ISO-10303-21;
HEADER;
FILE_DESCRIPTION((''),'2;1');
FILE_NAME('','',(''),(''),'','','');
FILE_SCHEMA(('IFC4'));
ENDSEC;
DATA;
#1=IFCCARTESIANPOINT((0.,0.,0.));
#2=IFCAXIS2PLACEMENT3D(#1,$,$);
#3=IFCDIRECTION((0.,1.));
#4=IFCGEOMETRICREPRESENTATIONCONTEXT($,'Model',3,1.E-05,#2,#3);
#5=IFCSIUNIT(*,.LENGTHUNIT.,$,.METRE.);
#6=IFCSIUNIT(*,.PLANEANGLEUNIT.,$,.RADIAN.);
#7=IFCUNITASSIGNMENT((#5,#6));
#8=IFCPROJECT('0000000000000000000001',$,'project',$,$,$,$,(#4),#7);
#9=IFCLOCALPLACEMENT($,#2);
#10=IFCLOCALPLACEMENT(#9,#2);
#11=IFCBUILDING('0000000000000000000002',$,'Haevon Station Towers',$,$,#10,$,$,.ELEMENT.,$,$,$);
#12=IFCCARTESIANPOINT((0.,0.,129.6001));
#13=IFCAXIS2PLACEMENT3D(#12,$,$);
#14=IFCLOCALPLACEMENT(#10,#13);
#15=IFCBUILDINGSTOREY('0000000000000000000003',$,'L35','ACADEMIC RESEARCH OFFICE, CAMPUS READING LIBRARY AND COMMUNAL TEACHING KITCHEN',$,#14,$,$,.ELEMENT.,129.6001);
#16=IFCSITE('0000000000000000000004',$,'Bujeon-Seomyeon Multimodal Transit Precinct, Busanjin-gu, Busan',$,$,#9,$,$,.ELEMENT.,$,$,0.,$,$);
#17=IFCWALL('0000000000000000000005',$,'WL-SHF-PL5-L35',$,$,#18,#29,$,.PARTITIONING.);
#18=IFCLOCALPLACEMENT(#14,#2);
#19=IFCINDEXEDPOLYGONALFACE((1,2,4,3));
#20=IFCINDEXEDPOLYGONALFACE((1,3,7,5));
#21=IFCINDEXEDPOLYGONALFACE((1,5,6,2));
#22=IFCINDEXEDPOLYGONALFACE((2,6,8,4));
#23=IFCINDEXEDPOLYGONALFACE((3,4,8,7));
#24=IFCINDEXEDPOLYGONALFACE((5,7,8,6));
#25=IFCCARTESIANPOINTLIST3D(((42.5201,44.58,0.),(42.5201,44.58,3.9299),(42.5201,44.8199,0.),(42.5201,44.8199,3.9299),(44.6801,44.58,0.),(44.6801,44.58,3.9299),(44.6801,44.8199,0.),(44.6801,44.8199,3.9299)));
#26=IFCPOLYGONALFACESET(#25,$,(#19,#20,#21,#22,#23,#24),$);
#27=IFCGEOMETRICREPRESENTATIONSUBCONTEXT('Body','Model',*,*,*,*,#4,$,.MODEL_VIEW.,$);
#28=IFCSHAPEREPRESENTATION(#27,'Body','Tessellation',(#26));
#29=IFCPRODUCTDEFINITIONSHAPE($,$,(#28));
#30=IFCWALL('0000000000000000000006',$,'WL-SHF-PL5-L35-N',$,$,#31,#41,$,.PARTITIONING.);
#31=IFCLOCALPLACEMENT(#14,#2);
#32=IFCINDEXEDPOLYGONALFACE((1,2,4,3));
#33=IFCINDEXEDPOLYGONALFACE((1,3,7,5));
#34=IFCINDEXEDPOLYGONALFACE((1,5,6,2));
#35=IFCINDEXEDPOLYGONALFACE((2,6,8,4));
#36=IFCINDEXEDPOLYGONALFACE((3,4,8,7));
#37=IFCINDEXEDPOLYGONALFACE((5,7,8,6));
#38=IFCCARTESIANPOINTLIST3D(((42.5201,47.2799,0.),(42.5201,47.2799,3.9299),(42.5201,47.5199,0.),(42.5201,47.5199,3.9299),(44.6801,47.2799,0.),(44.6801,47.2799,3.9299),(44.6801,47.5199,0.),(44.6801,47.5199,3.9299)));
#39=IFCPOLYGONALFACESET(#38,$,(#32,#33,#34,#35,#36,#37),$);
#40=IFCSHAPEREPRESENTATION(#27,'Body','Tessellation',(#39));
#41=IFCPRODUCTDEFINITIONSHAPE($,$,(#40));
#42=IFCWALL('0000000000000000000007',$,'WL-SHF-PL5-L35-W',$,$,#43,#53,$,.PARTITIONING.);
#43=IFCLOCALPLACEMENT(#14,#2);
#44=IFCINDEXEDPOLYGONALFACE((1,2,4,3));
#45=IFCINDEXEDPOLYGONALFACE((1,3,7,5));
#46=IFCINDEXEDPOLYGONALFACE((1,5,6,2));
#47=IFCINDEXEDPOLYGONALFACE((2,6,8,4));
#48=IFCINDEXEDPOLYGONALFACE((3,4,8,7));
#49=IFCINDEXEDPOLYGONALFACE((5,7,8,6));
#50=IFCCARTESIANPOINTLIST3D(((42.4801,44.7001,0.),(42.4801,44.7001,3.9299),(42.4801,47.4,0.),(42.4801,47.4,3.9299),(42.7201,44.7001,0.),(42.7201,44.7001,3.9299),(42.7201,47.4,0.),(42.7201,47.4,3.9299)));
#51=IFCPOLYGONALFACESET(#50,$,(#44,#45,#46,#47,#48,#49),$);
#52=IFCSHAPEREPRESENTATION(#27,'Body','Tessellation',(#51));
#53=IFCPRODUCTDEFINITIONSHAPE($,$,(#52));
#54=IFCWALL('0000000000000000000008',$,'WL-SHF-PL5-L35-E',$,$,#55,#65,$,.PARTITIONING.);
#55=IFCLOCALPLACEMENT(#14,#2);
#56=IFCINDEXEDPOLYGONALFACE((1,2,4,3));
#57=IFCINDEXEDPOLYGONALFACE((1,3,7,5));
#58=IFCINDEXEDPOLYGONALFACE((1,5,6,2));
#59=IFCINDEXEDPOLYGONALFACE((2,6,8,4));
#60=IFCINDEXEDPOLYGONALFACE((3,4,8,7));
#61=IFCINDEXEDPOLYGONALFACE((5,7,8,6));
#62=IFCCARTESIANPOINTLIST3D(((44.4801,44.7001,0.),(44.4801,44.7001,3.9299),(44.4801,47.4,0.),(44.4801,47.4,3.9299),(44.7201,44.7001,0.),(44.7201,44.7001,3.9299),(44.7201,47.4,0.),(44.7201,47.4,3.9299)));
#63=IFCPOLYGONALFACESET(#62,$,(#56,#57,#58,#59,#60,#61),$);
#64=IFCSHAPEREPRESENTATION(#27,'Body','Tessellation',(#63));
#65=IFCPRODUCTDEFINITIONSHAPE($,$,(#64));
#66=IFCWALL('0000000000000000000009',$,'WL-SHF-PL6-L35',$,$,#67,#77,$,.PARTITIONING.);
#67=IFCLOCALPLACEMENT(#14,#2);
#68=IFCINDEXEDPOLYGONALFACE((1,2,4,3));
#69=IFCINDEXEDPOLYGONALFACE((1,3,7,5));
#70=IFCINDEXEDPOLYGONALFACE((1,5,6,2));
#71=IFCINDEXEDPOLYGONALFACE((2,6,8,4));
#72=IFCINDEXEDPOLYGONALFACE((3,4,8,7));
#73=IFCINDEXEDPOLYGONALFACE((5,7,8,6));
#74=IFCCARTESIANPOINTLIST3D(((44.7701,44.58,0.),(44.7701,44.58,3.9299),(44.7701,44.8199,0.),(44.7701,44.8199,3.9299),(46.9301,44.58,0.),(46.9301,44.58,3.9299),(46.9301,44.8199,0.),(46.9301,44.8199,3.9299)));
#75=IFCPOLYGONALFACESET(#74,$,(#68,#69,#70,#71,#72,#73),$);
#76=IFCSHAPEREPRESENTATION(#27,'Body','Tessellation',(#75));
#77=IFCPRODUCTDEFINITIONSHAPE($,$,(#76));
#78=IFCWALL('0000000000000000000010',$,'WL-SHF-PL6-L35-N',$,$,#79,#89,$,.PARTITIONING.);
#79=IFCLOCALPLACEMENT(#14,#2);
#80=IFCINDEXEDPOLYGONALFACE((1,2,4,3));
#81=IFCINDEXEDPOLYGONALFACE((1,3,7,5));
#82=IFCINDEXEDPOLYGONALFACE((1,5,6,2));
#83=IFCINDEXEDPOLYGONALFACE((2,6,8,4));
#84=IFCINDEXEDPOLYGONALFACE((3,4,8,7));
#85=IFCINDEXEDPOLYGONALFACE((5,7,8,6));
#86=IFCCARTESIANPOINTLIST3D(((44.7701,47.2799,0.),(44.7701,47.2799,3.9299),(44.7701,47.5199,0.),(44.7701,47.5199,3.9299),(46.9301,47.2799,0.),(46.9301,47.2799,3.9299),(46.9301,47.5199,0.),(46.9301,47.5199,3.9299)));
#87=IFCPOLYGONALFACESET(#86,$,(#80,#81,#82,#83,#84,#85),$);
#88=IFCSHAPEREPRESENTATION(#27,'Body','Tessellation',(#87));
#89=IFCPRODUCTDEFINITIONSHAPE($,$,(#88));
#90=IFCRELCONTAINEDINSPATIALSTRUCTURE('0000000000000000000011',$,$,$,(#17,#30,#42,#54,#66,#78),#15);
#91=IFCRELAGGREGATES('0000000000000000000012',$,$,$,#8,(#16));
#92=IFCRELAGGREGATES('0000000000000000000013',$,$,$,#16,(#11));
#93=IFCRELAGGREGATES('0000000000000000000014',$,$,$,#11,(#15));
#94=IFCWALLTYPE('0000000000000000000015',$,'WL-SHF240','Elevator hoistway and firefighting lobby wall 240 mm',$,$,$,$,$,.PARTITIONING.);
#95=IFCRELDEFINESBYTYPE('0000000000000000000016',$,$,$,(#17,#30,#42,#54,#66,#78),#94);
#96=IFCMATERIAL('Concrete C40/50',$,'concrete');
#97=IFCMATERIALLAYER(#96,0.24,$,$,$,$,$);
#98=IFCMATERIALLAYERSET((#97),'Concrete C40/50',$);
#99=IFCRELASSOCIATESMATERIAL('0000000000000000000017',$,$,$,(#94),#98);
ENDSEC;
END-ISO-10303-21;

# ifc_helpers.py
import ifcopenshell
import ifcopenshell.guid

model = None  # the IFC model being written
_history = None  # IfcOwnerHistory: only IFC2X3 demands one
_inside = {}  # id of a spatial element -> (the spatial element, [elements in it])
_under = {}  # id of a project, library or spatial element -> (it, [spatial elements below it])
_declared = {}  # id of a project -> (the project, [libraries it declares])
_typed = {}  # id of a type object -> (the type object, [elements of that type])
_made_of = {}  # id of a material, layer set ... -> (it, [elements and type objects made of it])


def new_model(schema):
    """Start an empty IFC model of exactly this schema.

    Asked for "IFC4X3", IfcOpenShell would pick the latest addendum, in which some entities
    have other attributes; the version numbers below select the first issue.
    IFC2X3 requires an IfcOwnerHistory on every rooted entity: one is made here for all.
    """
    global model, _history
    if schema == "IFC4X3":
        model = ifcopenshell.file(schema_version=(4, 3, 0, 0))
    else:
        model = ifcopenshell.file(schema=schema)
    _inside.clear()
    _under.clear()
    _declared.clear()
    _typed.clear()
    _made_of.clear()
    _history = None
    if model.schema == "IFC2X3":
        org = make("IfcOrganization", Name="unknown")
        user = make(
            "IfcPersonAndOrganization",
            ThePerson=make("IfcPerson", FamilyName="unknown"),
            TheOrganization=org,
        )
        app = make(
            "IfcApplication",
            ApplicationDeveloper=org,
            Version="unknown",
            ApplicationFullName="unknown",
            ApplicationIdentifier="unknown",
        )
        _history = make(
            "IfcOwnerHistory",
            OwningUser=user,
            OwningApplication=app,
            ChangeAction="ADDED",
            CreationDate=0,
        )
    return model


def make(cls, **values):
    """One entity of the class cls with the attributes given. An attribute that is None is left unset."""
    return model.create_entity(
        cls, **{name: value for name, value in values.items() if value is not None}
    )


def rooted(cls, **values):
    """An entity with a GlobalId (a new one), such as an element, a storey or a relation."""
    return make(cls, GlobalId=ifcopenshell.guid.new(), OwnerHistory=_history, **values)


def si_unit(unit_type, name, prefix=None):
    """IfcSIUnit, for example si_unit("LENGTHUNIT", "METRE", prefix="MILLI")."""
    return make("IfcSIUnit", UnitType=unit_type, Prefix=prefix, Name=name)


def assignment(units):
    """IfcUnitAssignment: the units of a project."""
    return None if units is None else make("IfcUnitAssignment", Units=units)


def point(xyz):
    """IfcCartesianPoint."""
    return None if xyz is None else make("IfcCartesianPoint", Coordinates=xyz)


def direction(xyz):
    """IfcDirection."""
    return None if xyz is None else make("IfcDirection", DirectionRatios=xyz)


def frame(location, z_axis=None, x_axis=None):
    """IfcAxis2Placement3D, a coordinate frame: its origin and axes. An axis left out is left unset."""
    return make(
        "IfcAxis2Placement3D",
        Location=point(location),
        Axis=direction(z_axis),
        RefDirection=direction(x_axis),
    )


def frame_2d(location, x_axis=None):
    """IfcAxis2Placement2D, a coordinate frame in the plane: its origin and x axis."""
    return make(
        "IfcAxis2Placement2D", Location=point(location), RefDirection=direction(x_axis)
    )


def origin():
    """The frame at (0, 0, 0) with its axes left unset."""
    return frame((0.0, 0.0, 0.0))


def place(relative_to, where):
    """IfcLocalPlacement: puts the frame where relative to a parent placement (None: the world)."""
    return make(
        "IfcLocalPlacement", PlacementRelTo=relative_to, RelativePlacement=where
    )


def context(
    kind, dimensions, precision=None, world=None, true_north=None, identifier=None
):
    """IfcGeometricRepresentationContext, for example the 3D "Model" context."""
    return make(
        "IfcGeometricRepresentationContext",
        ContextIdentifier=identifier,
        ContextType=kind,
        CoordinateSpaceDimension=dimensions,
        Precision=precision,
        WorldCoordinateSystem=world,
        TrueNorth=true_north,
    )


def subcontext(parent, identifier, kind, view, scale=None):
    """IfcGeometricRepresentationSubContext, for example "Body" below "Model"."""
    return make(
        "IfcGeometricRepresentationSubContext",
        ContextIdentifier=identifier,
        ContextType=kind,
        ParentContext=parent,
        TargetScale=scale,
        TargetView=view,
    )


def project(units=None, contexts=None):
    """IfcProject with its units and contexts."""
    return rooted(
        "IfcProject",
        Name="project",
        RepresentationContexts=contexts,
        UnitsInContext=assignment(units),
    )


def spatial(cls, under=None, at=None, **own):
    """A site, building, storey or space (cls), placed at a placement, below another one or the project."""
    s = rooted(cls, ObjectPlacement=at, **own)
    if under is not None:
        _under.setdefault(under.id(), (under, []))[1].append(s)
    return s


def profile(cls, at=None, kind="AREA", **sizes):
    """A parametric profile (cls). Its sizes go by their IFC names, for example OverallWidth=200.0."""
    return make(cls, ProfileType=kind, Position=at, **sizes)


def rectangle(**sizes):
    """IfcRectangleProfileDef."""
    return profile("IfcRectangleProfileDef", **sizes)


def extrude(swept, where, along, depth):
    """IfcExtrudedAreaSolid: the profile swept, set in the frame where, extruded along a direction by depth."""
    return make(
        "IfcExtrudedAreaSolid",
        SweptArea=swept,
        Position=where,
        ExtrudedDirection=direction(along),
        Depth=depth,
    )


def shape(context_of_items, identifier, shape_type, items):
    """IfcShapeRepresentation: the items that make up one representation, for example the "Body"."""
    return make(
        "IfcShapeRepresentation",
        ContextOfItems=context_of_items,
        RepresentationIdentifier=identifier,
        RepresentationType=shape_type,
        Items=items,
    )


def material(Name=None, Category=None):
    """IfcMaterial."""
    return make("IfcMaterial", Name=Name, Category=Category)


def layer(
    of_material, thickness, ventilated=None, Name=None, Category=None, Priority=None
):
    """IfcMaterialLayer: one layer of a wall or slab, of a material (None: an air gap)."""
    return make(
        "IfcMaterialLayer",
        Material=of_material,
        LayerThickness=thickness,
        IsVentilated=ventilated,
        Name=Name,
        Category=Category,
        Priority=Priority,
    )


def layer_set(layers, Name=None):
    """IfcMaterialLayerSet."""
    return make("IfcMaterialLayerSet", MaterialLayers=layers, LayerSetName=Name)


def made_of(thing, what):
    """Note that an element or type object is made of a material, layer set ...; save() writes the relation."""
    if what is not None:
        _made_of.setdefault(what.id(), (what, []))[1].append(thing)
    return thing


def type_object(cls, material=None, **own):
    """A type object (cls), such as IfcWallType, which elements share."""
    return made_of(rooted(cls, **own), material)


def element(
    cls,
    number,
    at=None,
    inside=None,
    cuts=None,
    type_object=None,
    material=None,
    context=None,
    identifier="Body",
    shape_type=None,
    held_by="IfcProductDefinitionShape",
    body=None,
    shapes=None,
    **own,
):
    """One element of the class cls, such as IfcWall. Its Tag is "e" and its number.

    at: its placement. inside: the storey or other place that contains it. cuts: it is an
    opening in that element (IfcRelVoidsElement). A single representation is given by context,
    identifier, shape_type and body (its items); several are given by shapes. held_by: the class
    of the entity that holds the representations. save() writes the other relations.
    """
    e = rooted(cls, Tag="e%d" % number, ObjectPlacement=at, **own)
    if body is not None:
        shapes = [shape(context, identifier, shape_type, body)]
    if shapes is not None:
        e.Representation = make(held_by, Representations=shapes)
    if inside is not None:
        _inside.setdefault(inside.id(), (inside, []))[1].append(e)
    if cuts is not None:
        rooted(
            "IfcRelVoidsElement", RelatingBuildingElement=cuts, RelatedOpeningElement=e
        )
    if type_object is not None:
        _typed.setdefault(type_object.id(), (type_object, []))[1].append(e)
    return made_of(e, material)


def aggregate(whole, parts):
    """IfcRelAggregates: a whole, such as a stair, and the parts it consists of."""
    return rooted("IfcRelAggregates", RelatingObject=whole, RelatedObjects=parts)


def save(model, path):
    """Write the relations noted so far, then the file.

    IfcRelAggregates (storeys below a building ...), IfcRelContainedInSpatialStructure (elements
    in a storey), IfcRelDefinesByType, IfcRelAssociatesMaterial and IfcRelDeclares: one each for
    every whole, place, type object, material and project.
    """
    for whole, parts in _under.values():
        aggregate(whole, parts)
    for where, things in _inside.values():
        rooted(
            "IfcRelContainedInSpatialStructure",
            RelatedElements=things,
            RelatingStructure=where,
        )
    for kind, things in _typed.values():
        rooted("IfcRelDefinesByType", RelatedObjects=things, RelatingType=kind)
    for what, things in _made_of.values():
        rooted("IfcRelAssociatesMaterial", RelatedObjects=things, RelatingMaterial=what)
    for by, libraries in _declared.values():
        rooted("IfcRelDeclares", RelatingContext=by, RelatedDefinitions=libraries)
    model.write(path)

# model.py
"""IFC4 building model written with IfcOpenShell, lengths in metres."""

from ifc_helpers import new_model, si_unit, direction, frame, frame_2d, origin, place, context, subcontext, project, spatial, rectangle, extrude, material, layer, layer_set, type_object, element, save


model = new_model("IFC4")

# Units and contexts
model_context = context("Model", 3, precision=1e-05, world=origin(), true_north=direction((0.0, 1.0)))
body_context = subcontext(model_context, "Body", "Model", "MODEL_VIEW")
ifc_project = project(units=[si_unit("LENGTHUNIT", "METRE"), si_unit("PLANEANGLEUNIT", "RADIAN")], contexts=[model_context])

# Site, building, storey
site_placement = place(None, origin())
site = spatial("IfcSite", under=ifc_project, at=site_placement, Name="Bujeon-Seomyeon Multimodal Transit Precinct, Busanjin-gu, Busan", CompositionType="ELEMENT", RefElevation=0.0)
building_placement = place(site_placement, origin())
building = spatial("IfcBuilding", under=site, at=building_placement, Name="Haevon Station Towers", CompositionType="ELEMENT")
storey_placement = place(building_placement, frame((0.0, 0.0, 129.6001)))
storey = spatial("IfcBuildingStorey", under=building, at=storey_placement, Name="L35", Description="ACADEMIC RESEARCH OFFICE, CAMPUS READING LIBRARY AND COMMUNAL TEACHING KITCHEN", CompositionType="ELEMENT", Elevation=129.6001)

# Shared definitions
ifc_material_1 = material(Name="Concrete C40/50", Category="concrete")
ifc_layer_1 = layer(ifc_material_1, 0.24)
ifc_layer_set_1 = layer_set([ifc_layer_1], Name="Concrete C40/50")
wall_type_1 = type_object("IfcWallType", Name="WL-SHF240", Description="Elevator hoistway and firefighting lobby wall 240 mm", PredefinedType="PARTITIONING", material=ifc_layer_set_1)

# Walls
for number, where, z_axis, x_axis, name in (
    (1, (42.52, 44.7, 0.0), (0.0, 0.0, 1.0), (1.0, 0.0, 0.0), "WL-SHF-PL5-L35"),
    (2, (42.52, 47.3999, 0.0), (0.0, 0.0, 1.0), (1.0, 0.0, 0.0), "WL-SHF-PL5-L35-N"),
):
    element("IfcWall", number, at=place(storey_placement, frame(where, z_axis=z_axis, x_axis=x_axis)), inside=storey, type_object=wall_type_1, Name=name, PredefinedType="PARTITIONING", context=body_context, shape_type="SweptSolid", body=[
        extrude(rectangle(XDim=2.1599, YDim=0.24, at=frame_2d((1.0801, 0.0))), origin(), (0.0, 0.0, 1.0), 3.9299),
    ])
for number, where, z_axis, x_axis, name in (
    (3, (42.6001, 44.7, 0.0), (0.0, 0.0, 1.0), (0.0, 1.0, 0.0), "WL-SHF-PL5-L35-W"),
    (4, (44.6001, 44.7, 0.0), (0.0, 0.0, 1.0), (0.0, 1.0, 0.0), "WL-SHF-PL5-L35-E"),
):
    element("IfcWall", number, at=place(storey_placement, frame(where, z_axis=z_axis, x_axis=x_axis)), inside=storey, type_object=wall_type_1, Name=name, PredefinedType="PARTITIONING", context=body_context, shape_type="SweptSolid", body=[
        extrude(rectangle(XDim=2.7, YDim=0.24, at=frame_2d((1.3501, 0.0))), origin(), (0.0, 0.0, 1.0), 3.9299),
    ])
for number, where, z_axis, x_axis, name in (
    (5, (44.77, 44.7, 0.0), (0.0, 0.0, 1.0), (1.0, 0.0, 0.0), "WL-SHF-PL6-L35"),
    (6, (44.77, 47.3999, 0.0), (0.0, 0.0, 1.0), (1.0, 0.0, 0.0), "WL-SHF-PL6-L35-N"),
):
    element("IfcWall", number, at=place(storey_placement, frame(where, z_axis=z_axis, x_axis=x_axis)), inside=storey, type_object=wall_type_1, Name=name, PredefinedType="PARTITIONING", context=body_context, shape_type="SweptSolid", body=[
        extrude(rectangle(XDim=2.1599, YDim=0.24, at=frame_2d((1.0801, 0.0))), origin(), (0.0, 0.0, 1.0), 3.9299),
    ])

save(model, "model.ifc")
